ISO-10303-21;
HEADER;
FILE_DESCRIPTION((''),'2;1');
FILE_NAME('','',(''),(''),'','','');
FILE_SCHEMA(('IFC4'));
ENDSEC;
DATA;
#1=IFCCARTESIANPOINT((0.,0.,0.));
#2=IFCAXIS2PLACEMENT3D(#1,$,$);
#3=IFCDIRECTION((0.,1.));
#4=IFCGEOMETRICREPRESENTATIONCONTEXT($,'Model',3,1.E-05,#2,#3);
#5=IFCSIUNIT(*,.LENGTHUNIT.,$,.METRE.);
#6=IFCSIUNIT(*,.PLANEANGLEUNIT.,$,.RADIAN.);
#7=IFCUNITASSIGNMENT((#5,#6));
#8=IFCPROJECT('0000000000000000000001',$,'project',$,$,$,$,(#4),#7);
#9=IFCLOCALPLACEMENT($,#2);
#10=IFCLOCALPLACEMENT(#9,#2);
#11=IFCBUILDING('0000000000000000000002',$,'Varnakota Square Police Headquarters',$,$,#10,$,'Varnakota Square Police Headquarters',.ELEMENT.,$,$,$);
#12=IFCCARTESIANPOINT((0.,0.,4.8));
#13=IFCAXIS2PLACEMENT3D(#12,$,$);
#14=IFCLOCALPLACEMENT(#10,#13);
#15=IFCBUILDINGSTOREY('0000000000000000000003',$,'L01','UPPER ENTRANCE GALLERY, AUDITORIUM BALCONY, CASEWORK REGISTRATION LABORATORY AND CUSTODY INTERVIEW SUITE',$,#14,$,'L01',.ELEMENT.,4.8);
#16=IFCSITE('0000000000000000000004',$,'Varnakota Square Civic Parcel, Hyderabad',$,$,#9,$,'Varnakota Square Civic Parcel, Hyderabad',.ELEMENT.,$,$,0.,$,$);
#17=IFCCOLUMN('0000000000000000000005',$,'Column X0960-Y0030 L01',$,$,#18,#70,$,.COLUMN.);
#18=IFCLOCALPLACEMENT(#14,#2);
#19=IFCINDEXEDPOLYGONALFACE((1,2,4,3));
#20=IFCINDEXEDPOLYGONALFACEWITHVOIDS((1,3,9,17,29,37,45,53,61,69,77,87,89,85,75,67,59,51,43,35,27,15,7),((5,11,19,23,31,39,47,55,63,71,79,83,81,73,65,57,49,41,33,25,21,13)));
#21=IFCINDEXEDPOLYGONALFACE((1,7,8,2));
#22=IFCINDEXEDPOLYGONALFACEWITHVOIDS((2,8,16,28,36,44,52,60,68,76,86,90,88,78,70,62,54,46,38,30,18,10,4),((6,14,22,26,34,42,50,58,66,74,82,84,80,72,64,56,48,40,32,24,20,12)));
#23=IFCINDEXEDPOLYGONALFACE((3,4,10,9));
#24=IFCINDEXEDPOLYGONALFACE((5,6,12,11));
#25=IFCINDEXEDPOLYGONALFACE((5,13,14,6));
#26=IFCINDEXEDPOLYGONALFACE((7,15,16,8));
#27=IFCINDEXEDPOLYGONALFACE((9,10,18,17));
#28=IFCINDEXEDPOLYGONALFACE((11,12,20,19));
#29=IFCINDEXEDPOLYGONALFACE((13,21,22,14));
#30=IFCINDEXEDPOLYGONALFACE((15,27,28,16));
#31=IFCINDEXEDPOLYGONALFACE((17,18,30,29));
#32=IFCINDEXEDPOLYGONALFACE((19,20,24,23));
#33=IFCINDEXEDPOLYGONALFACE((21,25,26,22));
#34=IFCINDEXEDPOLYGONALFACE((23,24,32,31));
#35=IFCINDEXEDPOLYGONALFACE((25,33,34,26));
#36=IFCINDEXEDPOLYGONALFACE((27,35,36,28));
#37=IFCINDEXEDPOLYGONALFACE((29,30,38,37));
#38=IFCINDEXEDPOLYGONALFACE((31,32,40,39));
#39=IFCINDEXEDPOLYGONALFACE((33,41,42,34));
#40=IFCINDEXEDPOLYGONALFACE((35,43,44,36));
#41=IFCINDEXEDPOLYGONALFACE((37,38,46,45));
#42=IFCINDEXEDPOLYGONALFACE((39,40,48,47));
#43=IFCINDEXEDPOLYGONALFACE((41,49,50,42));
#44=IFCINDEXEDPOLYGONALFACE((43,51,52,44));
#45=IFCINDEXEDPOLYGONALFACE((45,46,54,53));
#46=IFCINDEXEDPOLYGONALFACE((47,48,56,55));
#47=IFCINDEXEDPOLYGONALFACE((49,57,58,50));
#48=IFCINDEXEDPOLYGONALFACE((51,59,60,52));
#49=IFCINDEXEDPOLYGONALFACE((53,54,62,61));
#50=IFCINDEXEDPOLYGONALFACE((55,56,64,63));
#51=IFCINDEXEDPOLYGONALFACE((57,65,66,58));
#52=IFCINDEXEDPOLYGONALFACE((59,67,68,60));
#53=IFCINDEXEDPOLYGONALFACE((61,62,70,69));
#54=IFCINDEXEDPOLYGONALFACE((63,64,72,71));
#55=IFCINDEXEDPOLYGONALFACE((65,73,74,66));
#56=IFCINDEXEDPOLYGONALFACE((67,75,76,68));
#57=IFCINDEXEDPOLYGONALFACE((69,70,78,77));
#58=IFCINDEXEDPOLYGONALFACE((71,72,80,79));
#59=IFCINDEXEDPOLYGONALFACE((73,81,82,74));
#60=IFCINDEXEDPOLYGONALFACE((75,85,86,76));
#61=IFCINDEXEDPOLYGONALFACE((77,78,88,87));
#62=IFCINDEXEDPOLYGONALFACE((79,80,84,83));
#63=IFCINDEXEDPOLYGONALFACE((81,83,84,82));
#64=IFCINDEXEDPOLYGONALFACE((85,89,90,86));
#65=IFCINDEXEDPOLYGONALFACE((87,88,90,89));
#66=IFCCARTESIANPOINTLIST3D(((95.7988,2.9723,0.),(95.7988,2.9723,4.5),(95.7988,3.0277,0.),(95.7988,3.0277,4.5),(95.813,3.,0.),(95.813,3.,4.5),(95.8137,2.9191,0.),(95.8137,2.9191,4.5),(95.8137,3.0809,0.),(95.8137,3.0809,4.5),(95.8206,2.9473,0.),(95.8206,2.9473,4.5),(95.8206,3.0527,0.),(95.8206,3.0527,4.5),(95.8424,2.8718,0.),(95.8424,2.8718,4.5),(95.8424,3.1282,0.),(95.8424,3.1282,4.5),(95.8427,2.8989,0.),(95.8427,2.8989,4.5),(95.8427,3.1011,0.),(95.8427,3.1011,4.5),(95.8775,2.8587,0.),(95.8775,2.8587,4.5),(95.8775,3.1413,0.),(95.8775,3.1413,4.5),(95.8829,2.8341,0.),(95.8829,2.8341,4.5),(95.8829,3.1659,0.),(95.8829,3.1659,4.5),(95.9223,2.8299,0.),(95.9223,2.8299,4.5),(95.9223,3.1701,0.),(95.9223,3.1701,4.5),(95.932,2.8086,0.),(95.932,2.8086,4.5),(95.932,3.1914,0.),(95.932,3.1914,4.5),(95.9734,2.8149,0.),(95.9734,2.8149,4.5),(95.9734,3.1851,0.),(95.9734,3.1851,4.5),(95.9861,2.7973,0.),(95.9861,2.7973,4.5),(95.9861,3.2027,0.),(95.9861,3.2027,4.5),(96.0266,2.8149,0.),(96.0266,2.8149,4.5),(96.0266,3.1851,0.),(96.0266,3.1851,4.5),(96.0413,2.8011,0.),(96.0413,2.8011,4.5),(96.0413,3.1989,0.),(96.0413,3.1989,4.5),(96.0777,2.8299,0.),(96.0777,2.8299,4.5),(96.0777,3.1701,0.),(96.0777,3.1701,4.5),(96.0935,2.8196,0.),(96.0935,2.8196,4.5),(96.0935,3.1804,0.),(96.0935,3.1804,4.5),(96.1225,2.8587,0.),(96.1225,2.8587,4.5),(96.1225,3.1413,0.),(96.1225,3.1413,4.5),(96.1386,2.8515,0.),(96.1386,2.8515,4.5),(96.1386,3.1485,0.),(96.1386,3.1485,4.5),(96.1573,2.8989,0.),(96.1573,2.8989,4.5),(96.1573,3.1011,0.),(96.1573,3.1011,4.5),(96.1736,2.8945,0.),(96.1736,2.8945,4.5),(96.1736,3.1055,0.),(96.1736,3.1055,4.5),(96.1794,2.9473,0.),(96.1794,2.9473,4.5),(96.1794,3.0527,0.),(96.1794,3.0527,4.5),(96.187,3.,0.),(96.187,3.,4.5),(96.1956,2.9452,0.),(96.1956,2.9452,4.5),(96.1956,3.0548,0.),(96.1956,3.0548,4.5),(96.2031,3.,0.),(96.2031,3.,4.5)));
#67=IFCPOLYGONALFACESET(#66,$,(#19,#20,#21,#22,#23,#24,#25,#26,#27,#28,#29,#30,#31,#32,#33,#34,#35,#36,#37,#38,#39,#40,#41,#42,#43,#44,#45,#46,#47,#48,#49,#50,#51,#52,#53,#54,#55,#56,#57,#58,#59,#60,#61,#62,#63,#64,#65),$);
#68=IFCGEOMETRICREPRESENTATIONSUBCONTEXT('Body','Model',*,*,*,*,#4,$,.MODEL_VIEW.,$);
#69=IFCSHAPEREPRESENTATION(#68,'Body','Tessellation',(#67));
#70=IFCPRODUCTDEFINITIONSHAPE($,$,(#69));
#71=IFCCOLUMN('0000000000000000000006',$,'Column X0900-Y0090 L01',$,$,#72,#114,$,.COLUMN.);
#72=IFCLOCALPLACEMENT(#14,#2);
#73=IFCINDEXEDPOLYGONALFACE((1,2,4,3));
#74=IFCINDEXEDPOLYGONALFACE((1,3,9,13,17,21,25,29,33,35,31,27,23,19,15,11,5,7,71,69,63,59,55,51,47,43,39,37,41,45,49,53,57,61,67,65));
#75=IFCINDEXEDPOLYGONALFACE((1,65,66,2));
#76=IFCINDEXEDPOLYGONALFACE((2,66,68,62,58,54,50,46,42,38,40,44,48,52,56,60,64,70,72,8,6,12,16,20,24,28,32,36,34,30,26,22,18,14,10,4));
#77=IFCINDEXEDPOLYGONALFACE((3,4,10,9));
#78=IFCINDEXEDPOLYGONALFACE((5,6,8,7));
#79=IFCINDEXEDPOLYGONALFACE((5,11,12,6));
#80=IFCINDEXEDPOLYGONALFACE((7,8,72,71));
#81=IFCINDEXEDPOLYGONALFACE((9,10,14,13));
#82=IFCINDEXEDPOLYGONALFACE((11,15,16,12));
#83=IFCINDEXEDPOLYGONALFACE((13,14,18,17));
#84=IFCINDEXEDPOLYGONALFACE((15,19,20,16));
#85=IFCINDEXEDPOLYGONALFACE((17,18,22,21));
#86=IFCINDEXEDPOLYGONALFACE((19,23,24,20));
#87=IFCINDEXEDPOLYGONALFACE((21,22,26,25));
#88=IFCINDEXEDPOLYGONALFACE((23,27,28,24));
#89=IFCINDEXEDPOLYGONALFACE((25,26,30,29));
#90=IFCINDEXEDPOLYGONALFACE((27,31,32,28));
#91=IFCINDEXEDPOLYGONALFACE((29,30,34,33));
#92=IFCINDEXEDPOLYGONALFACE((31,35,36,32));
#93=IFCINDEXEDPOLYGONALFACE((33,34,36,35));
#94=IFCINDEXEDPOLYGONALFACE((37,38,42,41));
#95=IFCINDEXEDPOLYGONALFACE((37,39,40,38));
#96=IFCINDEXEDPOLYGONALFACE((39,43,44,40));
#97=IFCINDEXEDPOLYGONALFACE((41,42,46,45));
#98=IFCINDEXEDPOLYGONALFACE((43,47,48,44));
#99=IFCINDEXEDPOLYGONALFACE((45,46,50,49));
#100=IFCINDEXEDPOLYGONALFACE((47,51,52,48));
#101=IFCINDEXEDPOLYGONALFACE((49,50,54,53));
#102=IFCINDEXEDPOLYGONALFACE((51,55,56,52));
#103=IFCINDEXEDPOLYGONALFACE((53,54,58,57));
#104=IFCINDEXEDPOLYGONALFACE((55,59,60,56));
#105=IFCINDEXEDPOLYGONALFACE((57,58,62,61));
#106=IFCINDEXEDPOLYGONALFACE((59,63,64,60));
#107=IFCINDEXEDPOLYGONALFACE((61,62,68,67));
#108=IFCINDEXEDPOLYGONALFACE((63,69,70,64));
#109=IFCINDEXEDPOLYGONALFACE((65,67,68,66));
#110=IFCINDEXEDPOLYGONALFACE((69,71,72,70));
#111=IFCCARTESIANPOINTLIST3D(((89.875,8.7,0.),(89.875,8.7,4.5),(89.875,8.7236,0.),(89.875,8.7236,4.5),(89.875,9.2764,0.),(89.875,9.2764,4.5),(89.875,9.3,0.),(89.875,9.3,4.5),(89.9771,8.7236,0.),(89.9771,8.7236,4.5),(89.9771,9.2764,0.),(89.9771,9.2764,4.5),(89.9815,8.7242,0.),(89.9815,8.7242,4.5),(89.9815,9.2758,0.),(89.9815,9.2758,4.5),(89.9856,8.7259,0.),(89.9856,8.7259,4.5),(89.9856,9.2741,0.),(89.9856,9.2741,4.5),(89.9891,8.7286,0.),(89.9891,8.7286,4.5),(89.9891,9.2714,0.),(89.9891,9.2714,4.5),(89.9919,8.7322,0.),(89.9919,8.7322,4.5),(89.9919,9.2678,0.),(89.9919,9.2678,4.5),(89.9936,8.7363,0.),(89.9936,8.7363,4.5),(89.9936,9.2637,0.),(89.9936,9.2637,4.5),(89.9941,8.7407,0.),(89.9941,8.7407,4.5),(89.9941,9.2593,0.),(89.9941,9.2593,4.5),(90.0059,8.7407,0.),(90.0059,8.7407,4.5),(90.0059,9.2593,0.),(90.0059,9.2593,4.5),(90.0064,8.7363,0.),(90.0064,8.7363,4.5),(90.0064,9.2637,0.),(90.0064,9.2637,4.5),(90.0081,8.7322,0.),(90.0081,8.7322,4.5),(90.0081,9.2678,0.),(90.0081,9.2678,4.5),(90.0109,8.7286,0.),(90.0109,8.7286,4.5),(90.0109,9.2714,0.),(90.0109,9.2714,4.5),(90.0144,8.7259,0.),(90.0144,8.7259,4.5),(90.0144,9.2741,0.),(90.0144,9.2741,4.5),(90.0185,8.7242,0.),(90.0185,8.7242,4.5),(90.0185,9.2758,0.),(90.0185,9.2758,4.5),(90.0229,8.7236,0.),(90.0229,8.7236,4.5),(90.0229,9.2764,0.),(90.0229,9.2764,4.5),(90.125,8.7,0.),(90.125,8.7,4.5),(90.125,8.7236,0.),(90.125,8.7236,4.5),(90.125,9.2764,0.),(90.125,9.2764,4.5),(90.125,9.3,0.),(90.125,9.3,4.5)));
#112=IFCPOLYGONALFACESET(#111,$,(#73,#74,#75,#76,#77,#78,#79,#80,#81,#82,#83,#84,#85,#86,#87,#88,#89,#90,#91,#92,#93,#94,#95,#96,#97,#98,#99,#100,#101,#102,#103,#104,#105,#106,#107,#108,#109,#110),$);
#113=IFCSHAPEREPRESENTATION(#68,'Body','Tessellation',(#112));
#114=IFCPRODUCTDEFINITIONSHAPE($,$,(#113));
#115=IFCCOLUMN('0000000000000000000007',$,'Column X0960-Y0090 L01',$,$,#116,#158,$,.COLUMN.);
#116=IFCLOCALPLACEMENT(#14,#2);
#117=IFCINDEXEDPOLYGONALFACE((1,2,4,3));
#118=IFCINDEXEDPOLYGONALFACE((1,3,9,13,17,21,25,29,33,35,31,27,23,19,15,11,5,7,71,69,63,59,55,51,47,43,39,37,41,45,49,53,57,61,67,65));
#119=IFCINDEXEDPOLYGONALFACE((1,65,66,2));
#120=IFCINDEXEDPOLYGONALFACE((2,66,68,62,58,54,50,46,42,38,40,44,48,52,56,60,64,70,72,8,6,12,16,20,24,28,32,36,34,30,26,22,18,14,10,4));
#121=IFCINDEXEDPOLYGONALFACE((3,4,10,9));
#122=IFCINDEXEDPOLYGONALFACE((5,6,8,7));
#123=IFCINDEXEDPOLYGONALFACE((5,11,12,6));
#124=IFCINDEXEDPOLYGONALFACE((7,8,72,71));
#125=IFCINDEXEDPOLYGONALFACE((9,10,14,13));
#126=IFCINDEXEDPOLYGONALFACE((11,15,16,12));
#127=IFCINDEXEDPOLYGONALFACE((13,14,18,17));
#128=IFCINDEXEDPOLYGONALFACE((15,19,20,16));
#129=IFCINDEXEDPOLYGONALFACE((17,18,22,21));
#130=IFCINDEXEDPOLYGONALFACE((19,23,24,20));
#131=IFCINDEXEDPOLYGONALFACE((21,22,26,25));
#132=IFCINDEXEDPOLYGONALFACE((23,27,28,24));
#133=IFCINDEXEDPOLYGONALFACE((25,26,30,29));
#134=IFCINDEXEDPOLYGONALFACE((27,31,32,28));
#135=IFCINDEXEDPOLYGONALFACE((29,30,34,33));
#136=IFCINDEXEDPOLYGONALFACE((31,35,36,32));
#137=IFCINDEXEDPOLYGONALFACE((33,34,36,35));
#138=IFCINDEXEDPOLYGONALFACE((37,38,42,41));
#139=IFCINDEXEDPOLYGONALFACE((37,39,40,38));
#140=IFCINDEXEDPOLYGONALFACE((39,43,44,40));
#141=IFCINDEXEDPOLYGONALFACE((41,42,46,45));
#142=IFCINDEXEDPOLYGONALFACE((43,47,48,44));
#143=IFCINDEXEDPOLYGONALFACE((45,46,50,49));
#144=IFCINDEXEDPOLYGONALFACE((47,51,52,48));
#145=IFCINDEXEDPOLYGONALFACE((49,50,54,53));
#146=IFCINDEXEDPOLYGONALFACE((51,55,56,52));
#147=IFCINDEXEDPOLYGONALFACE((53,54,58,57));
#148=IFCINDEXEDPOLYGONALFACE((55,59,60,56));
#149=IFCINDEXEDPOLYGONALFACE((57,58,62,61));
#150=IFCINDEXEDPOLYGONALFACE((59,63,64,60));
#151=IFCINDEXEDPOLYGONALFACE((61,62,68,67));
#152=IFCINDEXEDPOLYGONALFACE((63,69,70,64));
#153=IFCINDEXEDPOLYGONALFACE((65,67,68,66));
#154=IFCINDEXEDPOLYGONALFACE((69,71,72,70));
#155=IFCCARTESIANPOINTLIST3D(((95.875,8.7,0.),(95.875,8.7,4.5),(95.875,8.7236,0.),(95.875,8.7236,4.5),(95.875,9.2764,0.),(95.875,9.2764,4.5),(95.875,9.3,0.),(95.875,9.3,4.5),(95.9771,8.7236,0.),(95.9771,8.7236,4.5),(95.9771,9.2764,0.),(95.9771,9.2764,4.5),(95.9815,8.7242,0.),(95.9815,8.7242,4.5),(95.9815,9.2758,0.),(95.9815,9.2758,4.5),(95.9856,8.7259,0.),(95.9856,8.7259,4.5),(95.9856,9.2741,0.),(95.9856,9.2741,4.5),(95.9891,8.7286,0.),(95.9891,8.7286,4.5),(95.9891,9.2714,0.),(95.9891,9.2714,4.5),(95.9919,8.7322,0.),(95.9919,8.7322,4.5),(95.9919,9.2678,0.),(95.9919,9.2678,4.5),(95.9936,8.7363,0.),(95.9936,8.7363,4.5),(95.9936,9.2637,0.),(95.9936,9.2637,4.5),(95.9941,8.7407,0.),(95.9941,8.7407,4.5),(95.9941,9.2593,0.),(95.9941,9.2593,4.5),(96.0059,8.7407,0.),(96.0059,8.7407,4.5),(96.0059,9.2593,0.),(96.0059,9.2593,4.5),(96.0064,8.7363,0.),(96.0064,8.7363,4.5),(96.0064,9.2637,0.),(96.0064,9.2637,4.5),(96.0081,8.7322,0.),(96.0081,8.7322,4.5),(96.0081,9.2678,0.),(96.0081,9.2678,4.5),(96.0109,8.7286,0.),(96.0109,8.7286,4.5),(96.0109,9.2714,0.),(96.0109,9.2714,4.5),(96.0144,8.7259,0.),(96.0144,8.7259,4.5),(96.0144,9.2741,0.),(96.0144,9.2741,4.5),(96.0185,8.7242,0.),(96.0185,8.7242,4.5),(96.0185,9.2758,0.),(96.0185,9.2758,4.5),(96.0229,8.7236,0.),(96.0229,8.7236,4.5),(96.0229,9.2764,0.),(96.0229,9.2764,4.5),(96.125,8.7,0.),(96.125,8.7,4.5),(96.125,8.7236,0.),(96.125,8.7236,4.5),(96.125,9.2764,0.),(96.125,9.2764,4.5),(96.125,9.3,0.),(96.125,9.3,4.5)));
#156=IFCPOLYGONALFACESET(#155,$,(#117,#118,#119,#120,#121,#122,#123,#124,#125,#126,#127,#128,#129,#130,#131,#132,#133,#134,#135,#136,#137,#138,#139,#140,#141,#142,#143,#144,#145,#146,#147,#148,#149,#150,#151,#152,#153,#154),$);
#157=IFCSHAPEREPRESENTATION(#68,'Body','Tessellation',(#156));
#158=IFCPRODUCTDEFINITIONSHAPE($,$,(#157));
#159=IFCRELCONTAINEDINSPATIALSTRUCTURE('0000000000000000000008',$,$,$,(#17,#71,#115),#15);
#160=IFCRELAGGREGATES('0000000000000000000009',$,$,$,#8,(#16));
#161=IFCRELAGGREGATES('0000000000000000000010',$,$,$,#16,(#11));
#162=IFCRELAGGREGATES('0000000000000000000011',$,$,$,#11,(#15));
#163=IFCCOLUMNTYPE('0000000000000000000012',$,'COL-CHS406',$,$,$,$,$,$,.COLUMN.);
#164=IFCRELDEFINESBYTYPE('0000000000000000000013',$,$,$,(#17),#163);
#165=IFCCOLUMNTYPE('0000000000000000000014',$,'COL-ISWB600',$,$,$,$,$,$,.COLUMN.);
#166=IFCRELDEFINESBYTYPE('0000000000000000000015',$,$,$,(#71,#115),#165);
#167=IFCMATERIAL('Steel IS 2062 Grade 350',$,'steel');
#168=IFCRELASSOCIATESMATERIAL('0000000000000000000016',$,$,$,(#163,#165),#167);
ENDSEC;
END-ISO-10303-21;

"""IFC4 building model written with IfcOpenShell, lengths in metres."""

from ifc_helpers import new_model, si_unit, direction, frame, origin, origin_2d, place, context, subcontext, project, spatial, hollow_circle, i_section, extrude, material, material_profile, profile_set, type_object, element, save


model = new_model("IFC4")

# Units and contexts
model_context = context("Model", 3, precision=1e-05, world=origin(), true_north=direction((0.0, 1.0)))
body_context = subcontext(model_context, "Body", "Model", "MODEL_VIEW")
ifc_project = project(units=[si_unit("LENGTHUNIT", "METRE"), si_unit("PLANEANGLEUNIT", "RADIAN")], contexts=[model_context])

# Site, building, storey
site_placement = place(None, origin())
site = spatial("IfcSite", under=ifc_project, at=site_placement, Name="Varnakota Square Civic Parcel, Hyderabad", LongName="Varnakota Square Civic Parcel, Hyderabad", CompositionType="ELEMENT", RefElevation=0.0)
building_placement = place(site_placement, origin())
building = spatial("IfcBuilding", under=site, at=building_placement, Name="Varnakota Square Police Headquarters", LongName="Varnakota Square Police Headquarters", CompositionType="ELEMENT")
storey_placement = place(building_placement, frame((0.0, 0.0, 4.8)))
storey = spatial("IfcBuildingStorey", under=building, at=storey_placement, Name="L01", Description="UPPER ENTRANCE GALLERY, AUDITORIUM BALCONY, CASEWORK REGISTRATION LABORATORY AND CUSTODY INTERVIEW SUITE", LongName="L01", CompositionType="ELEMENT", Elevation=4.8)

# Columns
ifc_material_1 = material(Name="Steel IS 2062 Grade 350", Category="steel")
ifc_material_profile_1 = material_profile(ifc_material_1, hollow_circle(Radius=0.2031, WallThickness=0.0161, at=origin_2d()), Name="CHS 406.4x16.0")
ifc_profile_set_1 = profile_set([ifc_material_profile_1], Name="Steel IS 2062 Grade 350")
column_type_1 = type_object("IfcColumnType", Name="COL-CHS406", PredefinedType="COLUMN", material=ifc_profile_set_1)
column_placement = place(storey_placement, frame((96.0, 3.0, 0.0), z_axis=(0.0, 0.0, 1.0), x_axis=(1.0, 0.0, 0.0)))
element("IfcColumn", 1, at=column_placement, inside=storey, type_object=column_type_1, Name="Column X0960-Y0030 L01", PredefinedType="COLUMN", context=body_context, shape_type="SweptSolid", body=[
    extrude(hollow_circle(Radius=0.2031, WallThickness=0.0161, at=origin_2d()), origin(), (0.0, 0.0, 1.0), 4.5),
])
ifc_material_profile_2 = material_profile(ifc_material_1, i_section(OverallWidth=0.25, OverallDepth=0.6001, WebThickness=0.0117, FlangeThickness=0.0237, FilletRadius=0.0171, at=origin_2d()), Name="ISWB 600")
ifc_profile_set_2 = profile_set([ifc_material_profile_2], Name="Steel IS 2062 Grade 350")
column_type_2 = type_object("IfcColumnType", Name="COL-ISWB600", PredefinedType="COLUMN", material=ifc_profile_set_2)
for number, where, z_axis, x_axis, name in (
    (2, (90.0, 9.0, 0.0), (0.0, 0.0, 1.0), (1.0, 0.0, 0.0), "Column X0900-Y0090 L01"),
    (3, (96.0, 9.0, 0.0), (0.0, 0.0, 1.0), (1.0, 0.0, 0.0), "Column X0960-Y0090 L01"),
):
    element("IfcColumn", number, at=place(storey_placement, frame(where, z_axis=z_axis, x_axis=x_axis)), inside=storey, type_object=column_type_2, Name=name, PredefinedType="COLUMN", context=body_context, shape_type="SweptSolid", body=[
        extrude(i_section(OverallWidth=0.25, OverallDepth=0.6001, WebThickness=0.0117, FlangeThickness=0.0237, FilletRadius=0.0171, at=origin_2d()), origin(), (0.0, 0.0, 1.0), 4.5),
    ])

save(model, "model.ifc")
